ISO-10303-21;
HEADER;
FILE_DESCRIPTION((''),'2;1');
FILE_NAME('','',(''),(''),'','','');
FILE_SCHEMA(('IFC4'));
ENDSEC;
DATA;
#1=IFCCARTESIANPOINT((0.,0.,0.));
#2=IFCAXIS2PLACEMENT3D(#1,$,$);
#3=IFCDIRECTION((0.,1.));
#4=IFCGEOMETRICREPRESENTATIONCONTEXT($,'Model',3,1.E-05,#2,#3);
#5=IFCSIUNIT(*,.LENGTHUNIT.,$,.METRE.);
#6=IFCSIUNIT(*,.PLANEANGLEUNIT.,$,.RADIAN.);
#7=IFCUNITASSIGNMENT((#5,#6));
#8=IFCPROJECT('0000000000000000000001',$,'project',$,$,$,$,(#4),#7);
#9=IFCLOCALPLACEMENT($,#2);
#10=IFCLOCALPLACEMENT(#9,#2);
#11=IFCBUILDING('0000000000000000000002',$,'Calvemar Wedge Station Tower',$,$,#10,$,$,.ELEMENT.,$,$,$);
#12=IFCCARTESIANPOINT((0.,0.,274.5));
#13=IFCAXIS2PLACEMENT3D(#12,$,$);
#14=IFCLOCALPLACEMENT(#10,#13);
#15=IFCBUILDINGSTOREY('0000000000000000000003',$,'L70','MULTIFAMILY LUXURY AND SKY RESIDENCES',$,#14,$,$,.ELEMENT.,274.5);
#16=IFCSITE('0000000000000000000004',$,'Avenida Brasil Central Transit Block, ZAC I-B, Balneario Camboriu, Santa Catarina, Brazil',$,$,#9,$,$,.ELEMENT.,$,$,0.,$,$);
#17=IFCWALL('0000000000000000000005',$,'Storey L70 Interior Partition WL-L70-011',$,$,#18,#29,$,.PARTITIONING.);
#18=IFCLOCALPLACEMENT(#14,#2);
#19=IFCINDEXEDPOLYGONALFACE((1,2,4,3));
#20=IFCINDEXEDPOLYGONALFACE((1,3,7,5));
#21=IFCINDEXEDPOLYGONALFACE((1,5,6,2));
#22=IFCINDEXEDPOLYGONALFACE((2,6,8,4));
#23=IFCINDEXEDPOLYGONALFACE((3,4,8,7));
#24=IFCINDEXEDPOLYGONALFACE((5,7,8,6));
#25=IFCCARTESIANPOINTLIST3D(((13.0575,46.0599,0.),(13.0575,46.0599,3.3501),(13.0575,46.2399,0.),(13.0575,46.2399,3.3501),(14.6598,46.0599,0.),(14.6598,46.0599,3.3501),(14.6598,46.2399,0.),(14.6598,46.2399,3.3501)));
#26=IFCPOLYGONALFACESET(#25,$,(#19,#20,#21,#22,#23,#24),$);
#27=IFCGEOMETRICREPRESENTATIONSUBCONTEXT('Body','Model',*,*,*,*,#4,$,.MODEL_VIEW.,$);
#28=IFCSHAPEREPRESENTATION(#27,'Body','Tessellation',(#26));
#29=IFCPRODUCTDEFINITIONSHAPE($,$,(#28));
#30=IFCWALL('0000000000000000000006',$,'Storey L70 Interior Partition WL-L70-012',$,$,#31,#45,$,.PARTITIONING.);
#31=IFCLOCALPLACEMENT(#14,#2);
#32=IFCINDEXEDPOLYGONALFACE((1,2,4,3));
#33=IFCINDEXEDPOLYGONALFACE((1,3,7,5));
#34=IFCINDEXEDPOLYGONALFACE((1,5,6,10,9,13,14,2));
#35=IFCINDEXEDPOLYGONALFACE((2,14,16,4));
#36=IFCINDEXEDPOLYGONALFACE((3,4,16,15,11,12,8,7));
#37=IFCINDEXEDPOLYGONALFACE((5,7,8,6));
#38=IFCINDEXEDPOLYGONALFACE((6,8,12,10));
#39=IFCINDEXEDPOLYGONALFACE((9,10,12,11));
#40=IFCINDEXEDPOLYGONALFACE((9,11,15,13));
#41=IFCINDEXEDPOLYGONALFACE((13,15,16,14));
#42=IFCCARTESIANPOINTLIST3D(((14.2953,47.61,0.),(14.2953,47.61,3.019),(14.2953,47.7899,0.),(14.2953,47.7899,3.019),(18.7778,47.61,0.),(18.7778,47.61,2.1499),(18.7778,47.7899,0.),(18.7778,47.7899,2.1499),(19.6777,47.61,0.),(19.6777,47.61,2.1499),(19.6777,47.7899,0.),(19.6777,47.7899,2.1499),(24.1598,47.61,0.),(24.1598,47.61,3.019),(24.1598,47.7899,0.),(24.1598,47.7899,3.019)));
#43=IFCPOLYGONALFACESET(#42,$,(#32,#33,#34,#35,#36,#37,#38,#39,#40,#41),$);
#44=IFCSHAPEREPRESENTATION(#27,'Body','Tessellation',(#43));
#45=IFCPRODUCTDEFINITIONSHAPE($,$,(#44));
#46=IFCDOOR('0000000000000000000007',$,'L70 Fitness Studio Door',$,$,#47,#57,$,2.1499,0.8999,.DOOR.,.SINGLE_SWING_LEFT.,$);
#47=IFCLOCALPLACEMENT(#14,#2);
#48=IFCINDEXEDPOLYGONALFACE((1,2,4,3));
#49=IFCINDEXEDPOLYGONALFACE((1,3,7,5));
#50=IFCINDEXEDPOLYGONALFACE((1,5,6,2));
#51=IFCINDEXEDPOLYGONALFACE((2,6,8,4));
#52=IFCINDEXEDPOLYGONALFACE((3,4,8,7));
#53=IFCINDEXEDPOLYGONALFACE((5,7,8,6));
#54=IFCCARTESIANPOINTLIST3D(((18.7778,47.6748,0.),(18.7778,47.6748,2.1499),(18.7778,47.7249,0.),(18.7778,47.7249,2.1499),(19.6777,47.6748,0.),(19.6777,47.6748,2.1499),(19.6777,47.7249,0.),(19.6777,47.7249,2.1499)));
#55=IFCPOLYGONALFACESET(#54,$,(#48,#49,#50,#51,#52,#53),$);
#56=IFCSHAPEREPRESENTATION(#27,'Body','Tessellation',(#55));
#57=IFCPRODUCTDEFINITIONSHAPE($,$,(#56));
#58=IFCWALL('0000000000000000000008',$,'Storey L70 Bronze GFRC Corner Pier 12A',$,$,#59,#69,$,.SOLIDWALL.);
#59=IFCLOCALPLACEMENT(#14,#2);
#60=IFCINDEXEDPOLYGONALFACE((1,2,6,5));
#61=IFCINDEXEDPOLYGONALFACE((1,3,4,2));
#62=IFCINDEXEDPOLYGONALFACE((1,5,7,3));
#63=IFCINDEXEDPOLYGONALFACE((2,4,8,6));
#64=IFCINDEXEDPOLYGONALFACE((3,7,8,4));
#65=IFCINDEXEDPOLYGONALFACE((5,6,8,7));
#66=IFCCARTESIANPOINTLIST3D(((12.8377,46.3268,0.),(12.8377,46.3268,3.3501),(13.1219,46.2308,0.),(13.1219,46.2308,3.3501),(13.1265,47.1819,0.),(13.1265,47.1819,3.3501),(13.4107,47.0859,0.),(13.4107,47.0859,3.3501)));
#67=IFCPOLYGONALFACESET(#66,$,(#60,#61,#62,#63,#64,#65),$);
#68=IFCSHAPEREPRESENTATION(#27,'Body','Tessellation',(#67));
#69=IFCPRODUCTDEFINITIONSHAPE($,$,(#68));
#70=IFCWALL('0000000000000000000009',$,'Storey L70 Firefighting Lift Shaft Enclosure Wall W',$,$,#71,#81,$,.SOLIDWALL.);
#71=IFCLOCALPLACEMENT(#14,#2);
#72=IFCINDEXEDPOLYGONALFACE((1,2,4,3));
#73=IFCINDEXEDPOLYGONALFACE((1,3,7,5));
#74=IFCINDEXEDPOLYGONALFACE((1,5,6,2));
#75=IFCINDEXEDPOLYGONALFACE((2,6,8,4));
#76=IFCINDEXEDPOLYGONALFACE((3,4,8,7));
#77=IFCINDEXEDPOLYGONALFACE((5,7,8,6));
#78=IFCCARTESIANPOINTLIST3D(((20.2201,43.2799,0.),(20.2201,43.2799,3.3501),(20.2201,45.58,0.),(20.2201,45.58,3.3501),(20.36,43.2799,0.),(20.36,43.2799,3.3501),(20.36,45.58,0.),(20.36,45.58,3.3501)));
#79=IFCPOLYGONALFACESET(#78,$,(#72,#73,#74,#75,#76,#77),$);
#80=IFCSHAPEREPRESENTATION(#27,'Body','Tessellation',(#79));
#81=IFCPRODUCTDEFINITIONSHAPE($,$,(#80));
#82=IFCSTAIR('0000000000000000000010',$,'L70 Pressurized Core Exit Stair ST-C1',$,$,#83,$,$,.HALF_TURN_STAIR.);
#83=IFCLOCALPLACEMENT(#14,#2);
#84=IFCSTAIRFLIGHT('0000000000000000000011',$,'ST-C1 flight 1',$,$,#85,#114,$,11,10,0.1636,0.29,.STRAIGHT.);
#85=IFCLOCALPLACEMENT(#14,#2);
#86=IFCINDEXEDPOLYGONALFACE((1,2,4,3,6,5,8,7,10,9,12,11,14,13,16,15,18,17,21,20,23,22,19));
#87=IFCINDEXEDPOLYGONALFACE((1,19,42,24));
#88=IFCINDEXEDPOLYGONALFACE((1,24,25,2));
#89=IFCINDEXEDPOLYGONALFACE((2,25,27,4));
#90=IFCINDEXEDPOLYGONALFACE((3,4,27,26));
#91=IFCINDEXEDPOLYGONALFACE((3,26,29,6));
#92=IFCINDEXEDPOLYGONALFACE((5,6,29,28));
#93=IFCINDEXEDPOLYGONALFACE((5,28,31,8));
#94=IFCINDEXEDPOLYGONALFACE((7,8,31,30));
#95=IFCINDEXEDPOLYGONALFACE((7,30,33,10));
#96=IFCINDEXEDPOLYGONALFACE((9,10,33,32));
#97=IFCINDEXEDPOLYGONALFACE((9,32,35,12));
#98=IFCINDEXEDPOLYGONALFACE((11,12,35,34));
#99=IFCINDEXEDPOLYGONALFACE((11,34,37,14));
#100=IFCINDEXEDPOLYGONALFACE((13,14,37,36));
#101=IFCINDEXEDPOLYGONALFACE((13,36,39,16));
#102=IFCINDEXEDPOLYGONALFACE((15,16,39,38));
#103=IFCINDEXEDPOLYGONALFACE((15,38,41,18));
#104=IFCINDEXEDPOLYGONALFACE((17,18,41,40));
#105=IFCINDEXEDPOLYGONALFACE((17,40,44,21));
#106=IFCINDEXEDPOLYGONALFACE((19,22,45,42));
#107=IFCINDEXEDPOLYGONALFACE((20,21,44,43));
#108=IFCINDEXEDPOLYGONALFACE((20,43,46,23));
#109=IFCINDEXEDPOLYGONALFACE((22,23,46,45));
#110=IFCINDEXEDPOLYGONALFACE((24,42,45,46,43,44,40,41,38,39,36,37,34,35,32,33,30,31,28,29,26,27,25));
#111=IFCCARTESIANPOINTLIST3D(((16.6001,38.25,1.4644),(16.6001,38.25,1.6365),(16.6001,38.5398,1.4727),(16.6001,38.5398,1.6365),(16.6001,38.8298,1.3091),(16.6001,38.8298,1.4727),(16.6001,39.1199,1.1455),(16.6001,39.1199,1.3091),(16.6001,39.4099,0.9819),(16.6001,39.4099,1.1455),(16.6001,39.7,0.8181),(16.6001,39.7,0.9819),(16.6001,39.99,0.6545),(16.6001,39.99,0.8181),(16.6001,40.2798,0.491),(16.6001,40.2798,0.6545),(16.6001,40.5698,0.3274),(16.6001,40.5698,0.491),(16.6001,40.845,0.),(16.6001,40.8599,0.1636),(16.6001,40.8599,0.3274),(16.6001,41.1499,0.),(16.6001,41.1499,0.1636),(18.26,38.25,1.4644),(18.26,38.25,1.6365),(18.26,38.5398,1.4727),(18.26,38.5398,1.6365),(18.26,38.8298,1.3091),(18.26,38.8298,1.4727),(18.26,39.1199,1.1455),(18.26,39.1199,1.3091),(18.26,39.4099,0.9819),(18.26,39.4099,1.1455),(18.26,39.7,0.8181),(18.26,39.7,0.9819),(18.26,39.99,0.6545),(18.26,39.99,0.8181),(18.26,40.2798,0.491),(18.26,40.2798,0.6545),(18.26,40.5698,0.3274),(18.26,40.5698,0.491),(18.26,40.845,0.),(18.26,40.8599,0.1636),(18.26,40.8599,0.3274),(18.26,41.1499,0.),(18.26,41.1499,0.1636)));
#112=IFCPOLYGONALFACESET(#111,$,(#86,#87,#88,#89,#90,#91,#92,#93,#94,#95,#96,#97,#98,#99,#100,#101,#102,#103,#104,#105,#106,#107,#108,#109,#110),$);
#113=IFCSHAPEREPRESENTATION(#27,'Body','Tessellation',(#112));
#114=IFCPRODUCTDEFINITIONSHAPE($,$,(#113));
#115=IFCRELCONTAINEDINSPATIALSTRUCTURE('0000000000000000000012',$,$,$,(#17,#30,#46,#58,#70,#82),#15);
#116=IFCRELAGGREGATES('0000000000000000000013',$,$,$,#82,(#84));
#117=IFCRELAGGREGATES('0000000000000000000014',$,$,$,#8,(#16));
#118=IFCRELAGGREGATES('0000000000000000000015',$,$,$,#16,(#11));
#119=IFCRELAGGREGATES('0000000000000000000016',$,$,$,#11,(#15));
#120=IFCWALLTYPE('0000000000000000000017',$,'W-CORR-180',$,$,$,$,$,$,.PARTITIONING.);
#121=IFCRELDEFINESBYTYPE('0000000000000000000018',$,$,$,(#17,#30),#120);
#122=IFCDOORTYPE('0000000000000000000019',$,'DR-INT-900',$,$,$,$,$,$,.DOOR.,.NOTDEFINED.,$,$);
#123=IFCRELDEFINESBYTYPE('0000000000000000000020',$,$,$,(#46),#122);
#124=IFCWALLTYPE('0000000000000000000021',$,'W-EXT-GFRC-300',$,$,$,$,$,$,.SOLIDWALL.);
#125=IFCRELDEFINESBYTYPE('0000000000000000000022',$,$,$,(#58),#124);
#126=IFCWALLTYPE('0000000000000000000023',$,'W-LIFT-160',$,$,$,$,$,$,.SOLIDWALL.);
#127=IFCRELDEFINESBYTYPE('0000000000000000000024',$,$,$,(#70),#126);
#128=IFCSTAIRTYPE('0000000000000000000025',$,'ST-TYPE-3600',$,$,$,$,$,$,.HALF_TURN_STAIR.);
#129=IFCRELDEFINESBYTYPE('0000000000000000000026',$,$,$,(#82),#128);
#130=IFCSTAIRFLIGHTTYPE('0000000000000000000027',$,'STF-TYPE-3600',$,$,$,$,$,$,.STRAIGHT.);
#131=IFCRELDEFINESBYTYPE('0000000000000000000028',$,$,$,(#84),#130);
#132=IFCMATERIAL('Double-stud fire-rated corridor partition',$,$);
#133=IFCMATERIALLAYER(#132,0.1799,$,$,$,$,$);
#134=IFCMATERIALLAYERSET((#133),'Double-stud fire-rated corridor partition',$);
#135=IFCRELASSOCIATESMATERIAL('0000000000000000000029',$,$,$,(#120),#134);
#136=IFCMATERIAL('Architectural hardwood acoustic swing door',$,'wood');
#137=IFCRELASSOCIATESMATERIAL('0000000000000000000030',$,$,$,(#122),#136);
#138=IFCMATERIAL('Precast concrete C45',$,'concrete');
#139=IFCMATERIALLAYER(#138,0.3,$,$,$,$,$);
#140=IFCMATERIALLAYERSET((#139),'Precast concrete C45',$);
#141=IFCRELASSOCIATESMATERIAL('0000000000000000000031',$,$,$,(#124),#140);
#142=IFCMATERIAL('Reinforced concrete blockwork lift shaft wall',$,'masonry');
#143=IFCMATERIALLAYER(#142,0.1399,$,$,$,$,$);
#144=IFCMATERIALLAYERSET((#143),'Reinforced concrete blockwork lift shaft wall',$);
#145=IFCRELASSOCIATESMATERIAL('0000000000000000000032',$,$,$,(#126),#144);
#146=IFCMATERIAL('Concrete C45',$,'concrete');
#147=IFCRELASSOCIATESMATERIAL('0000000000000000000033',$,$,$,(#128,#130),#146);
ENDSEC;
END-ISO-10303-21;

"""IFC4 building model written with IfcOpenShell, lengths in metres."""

from ifc_helpers import new_model, si_unit, direction, frame, frame_2d, origin, place, context, subcontext, project, spatial, polyline, rectangle, outline, extrude, source, transform, mapped, material, layer, layer_set, type_object, element, fill, aggregate, save


model = new_model("IFC4")

# Units and contexts
model_context = context("Model", 3, precision=1e-05, world=origin(), true_north=direction((0.0, 1.0)))
body_context = subcontext(model_context, "Body", "Model", "MODEL_VIEW")
ifc_project = project(units=[si_unit("LENGTHUNIT", "METRE"), si_unit("PLANEANGLEUNIT", "RADIAN")], contexts=[model_context])

# Site, building, storey
site_placement = place(None, origin())
site = spatial("IfcSite", under=ifc_project, at=site_placement, Name="Avenida Brasil Central Transit Block, ZAC I-B, Balneario Camboriu, Santa Catarina, Brazil", CompositionType="ELEMENT", RefElevation=0.0)
building_placement = place(site_placement, origin())
building = spatial("IfcBuilding", under=site, at=building_placement, Name="Calvemar Wedge Station Tower", CompositionType="ELEMENT")
storey_placement = place(building_placement, frame((0.0, 0.0, 274.5)))
storey = spatial("IfcBuildingStorey", under=building, at=storey_placement, Name="L70", Description="MULTIFAMILY LUXURY AND SKY RESIDENCES", CompositionType="ELEMENT", Elevation=274.5)

# Wall
ifc_material_1 = material(Name="Double-stud fire-rated corridor partition")
ifc_layer_1 = layer(ifc_material_1, 0.1799)
ifc_layer_set_1 = layer_set([ifc_layer_1], Name="Double-stud fire-rated corridor partition")
wall_type_1 = type_object("IfcWallType", Name="W-CORR-180", PredefinedType="PARTITIONING", material=ifc_layer_set_1)
wall_1_placement = place(storey_placement, frame((14.6599, 46.1499, 0.0), z_axis=(0.0, 0.0, 1.0), x_axis=(-1.0, 0.0, 0.0)))
element("IfcWall", 1, at=wall_1_placement, inside=storey, type_object=wall_type_1, Name="Storey L70 Interior Partition WL-L70-011", PredefinedType="PARTITIONING", context=body_context, shape_type="SweptSolid", body=[
    extrude(rectangle(XDim=1.6023, YDim=0.1799, at=frame_2d((0.8013, 0.0))), origin(), (0.0, 0.0, 1.0), 3.3501),
])

# Wall, opening, door
wall_2_placement = place(storey_placement, frame((14.2954, 47.7, 0.0), z_axis=(0.0, 0.0, 1.0), x_axis=(1.0, 0.0, 0.0)))
wall_2 = element("IfcWall", 2, at=wall_2_placement, inside=storey, type_object=wall_type_1, Name="Storey L70 Interior Partition WL-L70-012", PredefinedType="PARTITIONING", context=body_context, shape_type="SweptSolid", body=[
    extrude(rectangle(XDim=9.8645, YDim=0.1799, at=frame_2d((4.9321, 0.0))), origin(), (0.0, 0.0, 1.0), 3.019),
])
shared_shape_1 = source(origin(), body_context, "Body", "SweptSolid", [
    extrude(rectangle(XDim=0.8999, YDim=2.1499, at=frame_2d((0.45, 1.075))), frame((0.0, 0.1001, 0.0), z_axis=(0.0, -1.0, 0.0), x_axis=(1.0, 0.0, 0.0)), (0.0, 0.0, 1.0), 0.2),
])
opening_1_placement = place(wall_2_placement, frame((4.4824, 0.0, 0.0)))
opening_1 = element("IfcOpeningElement", 3, at=opening_1_placement, cuts=wall_2, PredefinedType="OPENING", context=body_context, shape_type="MappedRepresentation", body=[
    mapped(shared_shape_1, transform((0.0, 0.0, 0.0), scale=1.0)),
])
ifc_material_2 = material(Name="Architectural hardwood acoustic swing door", Category="wood")
door_type_1 = type_object("IfcDoorType", Name="DR-INT-900", OperationType="NOTDEFINED", PredefinedType="DOOR", material=ifc_material_2)
shared_shape_2 = source(origin(), body_context, "Body", "SweptSolid", [
    extrude(rectangle(XDim=0.8999, YDim=2.1499, at=frame_2d((0.45, 1.075))), frame((0.0, 0.0249, 0.0), z_axis=(0.0, -1.0, 0.0), x_axis=(1.0, 0.0, 0.0)), (0.0, 0.0, 1.0), 0.05),
])
door_1_placement = place(opening_1_placement, origin())
door_1 = element("IfcDoor", 4, at=door_1_placement, inside=storey, type_object=door_type_1, Name="L70 Fitness Studio Door", OperationType="SINGLE_SWING_LEFT", OverallHeight=2.1499, OverallWidth=0.8999, PredefinedType="DOOR", context=body_context, shape_type="MappedRepresentation", body=[
    mapped(shared_shape_2, transform((0.0, 0.0, 0.0), scale=1.0)),
])
fill(opening_1, door_1)

# Wall
ifc_material_3 = material(Name="Precast concrete C45", Category="concrete")
ifc_layer_2 = layer(ifc_material_3, 0.3)
ifc_layer_set_2 = layer_set([ifc_layer_2], Name="Precast concrete C45")
wall_type_2 = type_object("IfcWallType", Name="W-EXT-GFRC-300", PredefinedType="SOLIDWALL", material=ifc_layer_set_2)
wall_3_placement = place(storey_placement, frame((13.2686, 47.1338, 0.0), z_axis=(0.0, 0.0, 1.0), x_axis=(-0.319958, -0.947432, 0.0)))
element("IfcWall", 5, at=wall_3_placement, inside=storey, type_object=wall_type_2, Name="Storey L70 Bronze GFRC Corner Pier 12A", PredefinedType="SOLIDWALL", context=body_context, shape_type="SweptSolid", body=[
    extrude(rectangle(XDim=0.9026, YDim=0.3, at=frame_2d((0.4512, 0.0))), origin(), (0.0, 0.0, 1.0), 3.3501),
])

# Shared definitions
ifc_material_4 = material(Name="Reinforced concrete blockwork lift shaft wall", Category="masonry")
ifc_layer_3 = layer(ifc_material_4, 0.1399)
ifc_layer_set_3 = layer_set([ifc_layer_3], Name="Reinforced concrete blockwork lift shaft wall")
wall_type_3 = type_object("IfcWallType", Name="W-LIFT-160", PredefinedType="SOLIDWALL", material=ifc_layer_set_3)

# Wall
wall_4_placement = place(storey_placement, frame((20.29, 43.28, 0.0), z_axis=(0.0, 0.0, 1.0), x_axis=(0.0, 1.0, 0.0)))
element("IfcWall", 6, at=wall_4_placement, inside=storey, type_object=wall_type_3, Name="Storey L70 Firefighting Lift Shaft Enclosure Wall W", PredefinedType="SOLIDWALL", context=body_context, shape_type="SweptSolid", body=[
    extrude(rectangle(XDim=2.3, YDim=0.1399, at=frame_2d((1.1499, 0.0))), origin(), (0.0, 0.0, 1.0), 3.3501),
])

# Stair, stair flight
ifc_material_5 = material(Name="Concrete C45", Category="concrete")
stair_type = type_object("IfcStairType", Name="ST-TYPE-3600", PredefinedType="HALF_TURN_STAIR", material=ifc_material_5)
stair_placement = place(storey_placement, origin())
stair = element("IfcStair", 7, at=stair_placement, inside=storey, type_object=stair_type, Name="L70 Pressurized Core Exit Stair ST-C1", PredefinedType="HALF_TURN_STAIR")
stair_flight_type = type_object("IfcStairFlightType", Name="STF-TYPE-3600", PredefinedType="STRAIGHT", material=ifc_material_5)
stair_flight_placement = place(storey_placement, frame((17.4299, 41.1499, 0.0), z_axis=(0.0, 0.0, 1.0), x_axis=(0.0, -1.0, 0.0)))
stair_flight = element("IfcStairFlight", 8, at=stair_flight_placement, type_object=stair_flight_type, Name="ST-C1 flight 1", NumberOfRisers=11, NumberOfTreads=10, PredefinedType="STRAIGHT", RiserHeight=0.1636, TreadLength=0.29, context=body_context, shape_type="SweptSolid", body=[
    extrude(outline(polyline([(0.0, 0.0), (0.0, 0.1636), (0.29, 0.1636), (0.29, 0.3274), (0.5801, 0.3274), (0.5801, 0.491), (0.8701, 0.491), (0.8701, 0.6545), (1.1599, 0.6545), (1.1599, 0.8181), (1.45, 0.8181), (1.45, 0.9819), (1.74, 0.9819), (1.74, 1.1455), (2.03, 1.1455), (2.03, 1.3091), (2.3201, 1.3091), (2.3201, 1.4727), (2.6101, 1.4727), (2.6101, 1.6365), (2.8999, 1.6365), (2.8999, 1.8), (2.8999, 1.4644), (0.3049, 0.0), (0.0, 0.0)])), frame((0.0, 0.8301, 0.0), z_axis=(0.0, -1.0, 0.0), x_axis=(1.0, 0.0, 0.0)), (0.0, 0.0, 1.0), 1.6599),
])
aggregate(stair, [stair_flight])

save(model, "model.ifc")
